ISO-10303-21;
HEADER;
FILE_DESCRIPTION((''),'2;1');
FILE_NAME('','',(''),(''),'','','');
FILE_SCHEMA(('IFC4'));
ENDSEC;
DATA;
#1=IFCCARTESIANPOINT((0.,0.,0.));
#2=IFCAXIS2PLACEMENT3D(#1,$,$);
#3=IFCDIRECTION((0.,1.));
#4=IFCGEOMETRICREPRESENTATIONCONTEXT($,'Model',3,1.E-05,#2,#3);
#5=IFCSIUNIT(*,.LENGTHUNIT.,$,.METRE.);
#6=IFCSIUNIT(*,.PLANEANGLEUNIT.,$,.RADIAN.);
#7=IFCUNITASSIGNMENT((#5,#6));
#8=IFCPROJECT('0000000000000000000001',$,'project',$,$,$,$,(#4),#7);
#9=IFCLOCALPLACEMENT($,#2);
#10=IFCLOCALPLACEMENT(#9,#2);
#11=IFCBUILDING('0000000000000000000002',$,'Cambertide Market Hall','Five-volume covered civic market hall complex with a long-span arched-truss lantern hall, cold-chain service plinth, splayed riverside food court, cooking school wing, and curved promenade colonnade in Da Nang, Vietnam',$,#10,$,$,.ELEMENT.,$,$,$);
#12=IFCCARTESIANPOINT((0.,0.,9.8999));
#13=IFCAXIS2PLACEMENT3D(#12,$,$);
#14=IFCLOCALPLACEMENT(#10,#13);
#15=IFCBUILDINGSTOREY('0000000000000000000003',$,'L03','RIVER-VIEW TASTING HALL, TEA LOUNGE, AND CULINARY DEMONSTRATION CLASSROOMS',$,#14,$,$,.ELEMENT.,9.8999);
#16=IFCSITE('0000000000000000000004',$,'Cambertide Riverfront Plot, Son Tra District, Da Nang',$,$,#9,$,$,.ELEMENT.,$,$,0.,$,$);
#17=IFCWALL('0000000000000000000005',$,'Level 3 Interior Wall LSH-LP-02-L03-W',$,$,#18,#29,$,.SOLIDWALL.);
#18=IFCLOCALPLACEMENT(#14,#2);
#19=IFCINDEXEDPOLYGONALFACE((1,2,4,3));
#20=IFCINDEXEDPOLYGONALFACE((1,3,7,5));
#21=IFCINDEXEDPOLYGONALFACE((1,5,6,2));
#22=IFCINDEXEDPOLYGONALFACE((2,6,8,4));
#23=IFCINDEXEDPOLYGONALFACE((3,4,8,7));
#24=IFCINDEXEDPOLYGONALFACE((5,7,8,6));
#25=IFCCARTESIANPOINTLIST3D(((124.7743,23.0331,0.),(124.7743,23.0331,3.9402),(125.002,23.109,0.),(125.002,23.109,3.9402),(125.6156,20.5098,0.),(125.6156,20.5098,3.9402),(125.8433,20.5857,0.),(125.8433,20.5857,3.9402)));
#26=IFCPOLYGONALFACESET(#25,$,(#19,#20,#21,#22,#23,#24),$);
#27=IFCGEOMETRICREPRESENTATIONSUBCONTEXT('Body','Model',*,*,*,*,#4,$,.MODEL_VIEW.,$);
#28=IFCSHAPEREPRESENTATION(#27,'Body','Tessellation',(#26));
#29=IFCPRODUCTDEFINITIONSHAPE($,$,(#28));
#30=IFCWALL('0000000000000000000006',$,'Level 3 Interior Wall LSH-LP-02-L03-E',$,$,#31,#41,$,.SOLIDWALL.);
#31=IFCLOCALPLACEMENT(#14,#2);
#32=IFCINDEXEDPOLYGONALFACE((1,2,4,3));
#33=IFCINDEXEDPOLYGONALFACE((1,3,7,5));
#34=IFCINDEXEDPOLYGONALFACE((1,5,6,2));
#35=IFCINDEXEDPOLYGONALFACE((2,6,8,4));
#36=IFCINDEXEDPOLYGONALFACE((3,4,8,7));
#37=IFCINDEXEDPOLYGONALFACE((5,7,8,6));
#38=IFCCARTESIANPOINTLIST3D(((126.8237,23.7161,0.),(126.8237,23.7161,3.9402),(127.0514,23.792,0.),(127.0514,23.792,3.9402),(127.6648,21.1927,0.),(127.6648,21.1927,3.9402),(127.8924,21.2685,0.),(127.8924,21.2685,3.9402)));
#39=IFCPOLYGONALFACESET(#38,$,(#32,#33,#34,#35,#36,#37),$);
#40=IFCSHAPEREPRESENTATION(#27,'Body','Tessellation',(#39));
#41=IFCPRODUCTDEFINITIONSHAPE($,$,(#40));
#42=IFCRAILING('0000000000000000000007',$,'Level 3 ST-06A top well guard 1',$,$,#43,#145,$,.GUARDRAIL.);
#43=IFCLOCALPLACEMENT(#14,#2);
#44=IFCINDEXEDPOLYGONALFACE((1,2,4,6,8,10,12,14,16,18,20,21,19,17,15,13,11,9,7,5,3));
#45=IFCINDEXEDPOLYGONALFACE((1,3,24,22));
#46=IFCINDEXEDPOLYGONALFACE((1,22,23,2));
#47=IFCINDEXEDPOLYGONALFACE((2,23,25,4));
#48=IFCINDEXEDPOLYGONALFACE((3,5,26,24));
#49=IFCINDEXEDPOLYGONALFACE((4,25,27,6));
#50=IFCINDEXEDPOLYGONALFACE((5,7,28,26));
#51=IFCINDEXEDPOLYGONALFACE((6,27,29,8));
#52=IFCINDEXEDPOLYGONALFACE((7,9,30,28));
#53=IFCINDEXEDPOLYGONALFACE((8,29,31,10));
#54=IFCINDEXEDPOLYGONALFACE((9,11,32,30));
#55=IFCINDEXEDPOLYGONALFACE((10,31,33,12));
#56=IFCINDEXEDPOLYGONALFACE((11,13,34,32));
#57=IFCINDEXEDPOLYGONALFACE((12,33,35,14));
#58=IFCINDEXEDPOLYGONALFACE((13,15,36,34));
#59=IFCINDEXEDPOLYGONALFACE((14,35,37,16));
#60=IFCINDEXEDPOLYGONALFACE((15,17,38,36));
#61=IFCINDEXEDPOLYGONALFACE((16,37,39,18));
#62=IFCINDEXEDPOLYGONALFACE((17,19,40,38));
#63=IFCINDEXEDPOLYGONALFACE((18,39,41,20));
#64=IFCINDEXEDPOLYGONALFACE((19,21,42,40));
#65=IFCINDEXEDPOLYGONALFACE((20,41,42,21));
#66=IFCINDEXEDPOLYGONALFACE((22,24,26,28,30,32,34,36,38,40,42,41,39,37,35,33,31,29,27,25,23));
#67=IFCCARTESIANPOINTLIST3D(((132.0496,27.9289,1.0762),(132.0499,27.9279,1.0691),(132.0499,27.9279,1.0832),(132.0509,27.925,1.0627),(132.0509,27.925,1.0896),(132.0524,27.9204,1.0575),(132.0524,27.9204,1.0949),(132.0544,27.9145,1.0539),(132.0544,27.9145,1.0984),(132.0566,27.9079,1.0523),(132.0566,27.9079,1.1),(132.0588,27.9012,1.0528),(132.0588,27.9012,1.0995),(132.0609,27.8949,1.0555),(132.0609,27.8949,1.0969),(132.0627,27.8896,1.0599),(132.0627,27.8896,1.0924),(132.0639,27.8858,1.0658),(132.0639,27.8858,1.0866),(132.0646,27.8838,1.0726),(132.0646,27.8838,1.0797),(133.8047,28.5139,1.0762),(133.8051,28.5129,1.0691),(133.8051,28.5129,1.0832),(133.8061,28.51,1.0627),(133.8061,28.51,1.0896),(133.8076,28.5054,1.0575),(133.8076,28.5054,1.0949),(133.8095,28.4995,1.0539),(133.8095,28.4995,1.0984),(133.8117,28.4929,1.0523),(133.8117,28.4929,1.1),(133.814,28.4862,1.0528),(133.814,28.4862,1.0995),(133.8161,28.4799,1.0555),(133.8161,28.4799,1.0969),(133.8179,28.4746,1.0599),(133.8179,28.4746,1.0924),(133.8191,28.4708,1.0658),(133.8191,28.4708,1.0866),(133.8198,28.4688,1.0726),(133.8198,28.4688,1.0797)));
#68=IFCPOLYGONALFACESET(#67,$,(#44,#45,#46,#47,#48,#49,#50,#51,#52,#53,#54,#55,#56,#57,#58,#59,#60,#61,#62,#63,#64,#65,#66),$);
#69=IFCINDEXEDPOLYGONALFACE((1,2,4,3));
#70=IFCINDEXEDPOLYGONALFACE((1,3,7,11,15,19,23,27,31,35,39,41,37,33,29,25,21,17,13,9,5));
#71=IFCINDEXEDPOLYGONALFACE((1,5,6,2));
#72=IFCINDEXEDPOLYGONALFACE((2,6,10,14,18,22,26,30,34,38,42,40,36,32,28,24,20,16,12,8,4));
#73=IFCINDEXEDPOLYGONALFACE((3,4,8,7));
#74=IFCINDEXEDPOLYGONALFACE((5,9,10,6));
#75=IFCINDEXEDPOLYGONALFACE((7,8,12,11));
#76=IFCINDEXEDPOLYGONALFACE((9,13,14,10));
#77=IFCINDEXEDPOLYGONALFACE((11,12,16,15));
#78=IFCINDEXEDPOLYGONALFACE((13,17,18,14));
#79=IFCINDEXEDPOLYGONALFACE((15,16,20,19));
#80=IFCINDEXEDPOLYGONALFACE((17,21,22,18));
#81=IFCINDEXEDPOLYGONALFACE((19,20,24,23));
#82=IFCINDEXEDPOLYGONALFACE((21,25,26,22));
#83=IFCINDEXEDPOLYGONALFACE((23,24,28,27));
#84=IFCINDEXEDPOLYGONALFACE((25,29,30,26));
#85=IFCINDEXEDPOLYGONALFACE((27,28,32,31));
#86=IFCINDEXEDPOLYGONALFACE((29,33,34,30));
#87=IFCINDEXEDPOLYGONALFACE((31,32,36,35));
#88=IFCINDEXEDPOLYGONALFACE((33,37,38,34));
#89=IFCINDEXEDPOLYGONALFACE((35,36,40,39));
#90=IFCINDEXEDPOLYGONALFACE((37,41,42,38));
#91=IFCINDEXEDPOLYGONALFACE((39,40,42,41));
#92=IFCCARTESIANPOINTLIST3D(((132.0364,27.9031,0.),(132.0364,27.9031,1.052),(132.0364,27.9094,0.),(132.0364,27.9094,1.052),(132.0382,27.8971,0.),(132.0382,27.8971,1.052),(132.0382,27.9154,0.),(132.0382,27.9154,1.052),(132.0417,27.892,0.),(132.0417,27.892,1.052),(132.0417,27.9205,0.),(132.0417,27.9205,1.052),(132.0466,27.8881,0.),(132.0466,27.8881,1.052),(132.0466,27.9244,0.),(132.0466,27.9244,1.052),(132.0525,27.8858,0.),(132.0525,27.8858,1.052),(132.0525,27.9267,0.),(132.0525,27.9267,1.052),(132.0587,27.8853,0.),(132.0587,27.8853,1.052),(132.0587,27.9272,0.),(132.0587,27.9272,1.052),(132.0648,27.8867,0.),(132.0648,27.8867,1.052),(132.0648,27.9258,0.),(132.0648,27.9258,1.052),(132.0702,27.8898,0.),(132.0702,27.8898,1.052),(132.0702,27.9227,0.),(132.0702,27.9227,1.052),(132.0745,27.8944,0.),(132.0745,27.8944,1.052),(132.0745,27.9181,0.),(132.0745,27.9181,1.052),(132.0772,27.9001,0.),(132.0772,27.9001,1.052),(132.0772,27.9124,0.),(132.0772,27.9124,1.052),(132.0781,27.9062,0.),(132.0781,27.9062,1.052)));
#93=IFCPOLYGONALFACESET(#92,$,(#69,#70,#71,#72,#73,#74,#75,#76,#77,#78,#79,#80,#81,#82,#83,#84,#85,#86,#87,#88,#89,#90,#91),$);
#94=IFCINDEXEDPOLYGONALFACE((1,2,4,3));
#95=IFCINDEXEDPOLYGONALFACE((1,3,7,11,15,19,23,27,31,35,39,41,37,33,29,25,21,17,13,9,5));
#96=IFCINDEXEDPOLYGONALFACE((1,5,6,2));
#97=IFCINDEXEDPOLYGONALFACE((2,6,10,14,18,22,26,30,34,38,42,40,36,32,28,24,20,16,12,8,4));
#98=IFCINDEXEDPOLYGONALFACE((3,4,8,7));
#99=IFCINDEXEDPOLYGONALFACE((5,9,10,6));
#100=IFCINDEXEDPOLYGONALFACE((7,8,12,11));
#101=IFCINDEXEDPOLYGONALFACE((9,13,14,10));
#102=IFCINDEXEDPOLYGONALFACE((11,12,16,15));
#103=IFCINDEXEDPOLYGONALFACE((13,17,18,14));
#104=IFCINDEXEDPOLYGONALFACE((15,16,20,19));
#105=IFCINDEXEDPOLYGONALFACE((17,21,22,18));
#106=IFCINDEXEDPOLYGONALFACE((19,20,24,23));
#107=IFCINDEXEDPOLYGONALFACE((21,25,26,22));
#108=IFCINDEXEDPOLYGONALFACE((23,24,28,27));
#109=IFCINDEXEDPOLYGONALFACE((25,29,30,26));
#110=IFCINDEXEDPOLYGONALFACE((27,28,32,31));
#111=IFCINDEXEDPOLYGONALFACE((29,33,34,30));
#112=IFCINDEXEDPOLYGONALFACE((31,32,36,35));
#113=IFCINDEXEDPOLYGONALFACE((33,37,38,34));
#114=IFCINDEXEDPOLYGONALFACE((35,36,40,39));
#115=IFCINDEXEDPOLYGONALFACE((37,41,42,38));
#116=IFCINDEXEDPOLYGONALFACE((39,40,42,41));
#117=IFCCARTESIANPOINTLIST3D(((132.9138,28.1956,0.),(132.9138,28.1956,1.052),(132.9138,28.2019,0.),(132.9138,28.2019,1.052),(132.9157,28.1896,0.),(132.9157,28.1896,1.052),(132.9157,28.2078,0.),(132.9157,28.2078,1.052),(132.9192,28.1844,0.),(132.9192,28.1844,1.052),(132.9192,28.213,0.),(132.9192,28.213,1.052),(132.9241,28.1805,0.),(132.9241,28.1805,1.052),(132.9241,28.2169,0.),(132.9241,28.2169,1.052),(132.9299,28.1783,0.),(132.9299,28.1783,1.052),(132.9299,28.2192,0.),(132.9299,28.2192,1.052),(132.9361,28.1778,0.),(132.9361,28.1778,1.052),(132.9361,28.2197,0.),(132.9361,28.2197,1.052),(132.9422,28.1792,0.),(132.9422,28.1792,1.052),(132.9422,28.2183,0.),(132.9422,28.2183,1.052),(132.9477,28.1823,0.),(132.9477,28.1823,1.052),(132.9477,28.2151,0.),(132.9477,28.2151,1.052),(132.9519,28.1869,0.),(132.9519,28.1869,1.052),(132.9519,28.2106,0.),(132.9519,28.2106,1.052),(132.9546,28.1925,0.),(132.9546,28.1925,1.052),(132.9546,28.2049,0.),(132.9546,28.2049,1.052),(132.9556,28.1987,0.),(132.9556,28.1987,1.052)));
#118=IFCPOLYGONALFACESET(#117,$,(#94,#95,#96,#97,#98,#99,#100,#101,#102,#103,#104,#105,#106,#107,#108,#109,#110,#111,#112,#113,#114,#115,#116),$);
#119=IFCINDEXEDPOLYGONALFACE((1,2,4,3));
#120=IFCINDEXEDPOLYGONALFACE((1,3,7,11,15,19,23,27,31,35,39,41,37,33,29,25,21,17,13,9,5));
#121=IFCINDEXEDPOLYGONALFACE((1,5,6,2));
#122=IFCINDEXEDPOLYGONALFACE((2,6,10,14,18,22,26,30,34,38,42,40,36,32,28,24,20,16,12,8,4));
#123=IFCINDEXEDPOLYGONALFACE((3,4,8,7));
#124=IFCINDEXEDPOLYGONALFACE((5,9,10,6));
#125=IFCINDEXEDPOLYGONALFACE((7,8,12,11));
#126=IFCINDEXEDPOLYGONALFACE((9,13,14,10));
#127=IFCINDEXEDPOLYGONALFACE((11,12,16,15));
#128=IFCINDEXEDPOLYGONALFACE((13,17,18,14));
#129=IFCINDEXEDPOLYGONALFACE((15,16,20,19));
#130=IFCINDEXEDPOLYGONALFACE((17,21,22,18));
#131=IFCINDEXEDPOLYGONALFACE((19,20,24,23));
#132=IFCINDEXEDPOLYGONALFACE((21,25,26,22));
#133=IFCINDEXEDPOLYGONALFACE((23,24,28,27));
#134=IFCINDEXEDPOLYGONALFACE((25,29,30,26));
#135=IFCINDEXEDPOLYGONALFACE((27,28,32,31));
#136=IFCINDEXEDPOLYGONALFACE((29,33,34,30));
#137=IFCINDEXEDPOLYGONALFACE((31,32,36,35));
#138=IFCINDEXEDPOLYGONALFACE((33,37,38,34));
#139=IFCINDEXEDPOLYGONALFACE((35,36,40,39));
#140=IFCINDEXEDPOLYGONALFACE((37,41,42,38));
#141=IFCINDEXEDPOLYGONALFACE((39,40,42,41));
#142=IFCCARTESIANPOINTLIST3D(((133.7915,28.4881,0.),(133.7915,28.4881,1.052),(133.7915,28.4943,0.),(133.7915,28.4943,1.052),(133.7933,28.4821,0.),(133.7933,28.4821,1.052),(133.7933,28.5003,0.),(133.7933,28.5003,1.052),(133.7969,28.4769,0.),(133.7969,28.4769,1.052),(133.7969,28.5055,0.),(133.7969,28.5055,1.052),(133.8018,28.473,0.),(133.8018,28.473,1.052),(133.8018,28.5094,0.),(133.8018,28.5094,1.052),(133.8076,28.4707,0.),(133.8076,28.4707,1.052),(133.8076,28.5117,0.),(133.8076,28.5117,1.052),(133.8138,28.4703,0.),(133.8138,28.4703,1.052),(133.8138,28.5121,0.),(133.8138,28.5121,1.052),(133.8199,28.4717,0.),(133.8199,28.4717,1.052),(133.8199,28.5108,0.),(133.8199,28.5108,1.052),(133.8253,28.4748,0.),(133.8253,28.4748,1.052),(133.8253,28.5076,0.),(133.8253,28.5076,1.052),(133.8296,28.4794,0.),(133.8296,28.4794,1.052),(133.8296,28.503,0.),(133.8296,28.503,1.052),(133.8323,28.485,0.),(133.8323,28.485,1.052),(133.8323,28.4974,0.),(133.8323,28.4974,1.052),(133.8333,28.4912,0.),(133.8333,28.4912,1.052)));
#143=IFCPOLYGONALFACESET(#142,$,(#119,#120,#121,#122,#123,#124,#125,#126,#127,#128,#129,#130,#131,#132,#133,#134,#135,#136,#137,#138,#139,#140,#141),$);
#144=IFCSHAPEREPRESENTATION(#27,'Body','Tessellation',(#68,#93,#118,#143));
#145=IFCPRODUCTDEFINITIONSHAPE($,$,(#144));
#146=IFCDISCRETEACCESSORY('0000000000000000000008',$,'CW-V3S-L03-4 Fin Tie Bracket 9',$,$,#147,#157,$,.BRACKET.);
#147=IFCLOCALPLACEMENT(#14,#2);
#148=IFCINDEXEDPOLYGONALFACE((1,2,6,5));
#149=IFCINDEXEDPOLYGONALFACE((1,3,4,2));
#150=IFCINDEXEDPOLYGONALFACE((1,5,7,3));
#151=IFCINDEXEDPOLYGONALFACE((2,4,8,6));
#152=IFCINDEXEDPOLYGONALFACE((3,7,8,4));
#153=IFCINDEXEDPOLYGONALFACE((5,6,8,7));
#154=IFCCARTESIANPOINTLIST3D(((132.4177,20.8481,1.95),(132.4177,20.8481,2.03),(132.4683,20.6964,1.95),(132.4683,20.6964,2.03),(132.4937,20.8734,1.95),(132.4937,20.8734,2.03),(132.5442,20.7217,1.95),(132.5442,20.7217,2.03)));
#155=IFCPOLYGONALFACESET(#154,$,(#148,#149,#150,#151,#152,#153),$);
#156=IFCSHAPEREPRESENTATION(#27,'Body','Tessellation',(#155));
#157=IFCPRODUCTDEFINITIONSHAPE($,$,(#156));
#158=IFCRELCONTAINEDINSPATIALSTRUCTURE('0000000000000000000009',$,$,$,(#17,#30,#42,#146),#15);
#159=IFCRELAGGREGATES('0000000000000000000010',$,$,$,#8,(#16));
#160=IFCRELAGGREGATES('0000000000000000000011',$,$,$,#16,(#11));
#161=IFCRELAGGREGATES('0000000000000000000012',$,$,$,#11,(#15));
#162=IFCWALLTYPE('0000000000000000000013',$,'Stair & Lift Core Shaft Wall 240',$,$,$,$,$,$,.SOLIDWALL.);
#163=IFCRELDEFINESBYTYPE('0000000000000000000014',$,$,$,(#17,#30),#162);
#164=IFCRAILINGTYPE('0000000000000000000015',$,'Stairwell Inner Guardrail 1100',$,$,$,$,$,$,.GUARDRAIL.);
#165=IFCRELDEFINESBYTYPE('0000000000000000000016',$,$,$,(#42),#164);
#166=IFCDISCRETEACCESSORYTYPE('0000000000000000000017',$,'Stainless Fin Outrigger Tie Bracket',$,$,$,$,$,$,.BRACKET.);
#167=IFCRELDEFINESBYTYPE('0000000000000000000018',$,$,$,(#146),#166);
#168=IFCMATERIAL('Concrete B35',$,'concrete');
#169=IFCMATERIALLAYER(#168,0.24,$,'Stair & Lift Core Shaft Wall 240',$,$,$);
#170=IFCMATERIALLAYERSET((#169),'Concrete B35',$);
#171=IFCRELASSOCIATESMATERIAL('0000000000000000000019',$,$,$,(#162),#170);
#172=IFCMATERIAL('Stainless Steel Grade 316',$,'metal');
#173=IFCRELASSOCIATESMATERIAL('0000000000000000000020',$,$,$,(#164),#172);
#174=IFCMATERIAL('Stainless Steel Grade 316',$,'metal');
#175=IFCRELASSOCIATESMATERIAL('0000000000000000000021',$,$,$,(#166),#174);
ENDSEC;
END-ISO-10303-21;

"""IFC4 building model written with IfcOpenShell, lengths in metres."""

from ifc_helpers import new_model, si_unit, direction, frame, frame_2d, origin, origin_2d, place, context, subcontext, project, spatial, rectangle, circle, extrude, material, layer, layer_set, type_object, element, save


model = new_model("IFC4")

# Units and contexts
model_context = context("Model", 3, precision=1e-05, world=origin(), true_north=direction((0.0, 1.0)))
body_context = subcontext(model_context, "Body", "Model", "MODEL_VIEW")
ifc_project = project(units=[si_unit("LENGTHUNIT", "METRE"), si_unit("PLANEANGLEUNIT", "RADIAN")], contexts=[model_context])

# Site, building, storey
site_placement = place(None, origin())
site = spatial("IfcSite", under=ifc_project, at=site_placement, Name="Cambertide Riverfront Plot, Son Tra District, Da Nang", CompositionType="ELEMENT", RefElevation=0.0)
building_placement = place(site_placement, origin())
building = spatial("IfcBuilding", under=site, at=building_placement, Name="Cambertide Market Hall", Description="Five-volume covered civic market hall complex with a long-span arched-truss lantern hall, cold-chain service plinth, splayed riverside food court, cooking school wing, and curved promenade colonnade in Da Nang, Vietnam", CompositionType="ELEMENT")
storey_placement = place(building_placement, frame((0.0, 0.0, 9.8999)))
storey = spatial("IfcBuildingStorey", under=building, at=storey_placement, Name="L03", Description="RIVER-VIEW TASTING HALL, TEA LOUNGE, AND CULINARY DEMONSTRATION CLASSROOMS", CompositionType="ELEMENT", Elevation=9.8999)

# Shared definitions
ifc_material_1 = material(Name="Concrete B35", Category="concrete")
ifc_layer_1 = layer(ifc_material_1, 0.24, Name="Stair & Lift Core Shaft Wall 240")
ifc_layer_set_1 = layer_set([ifc_layer_1], Name="Concrete B35")
wall_type_1 = type_object("IfcWallType", Name="Stair & Lift Core Shaft Wall 240", PredefinedType="SOLIDWALL", material=ifc_layer_set_1)

# Walls
for number, where, z_axis, x_axis, name in (
    (1, (125.7295, 20.5476, 0.0), (0.0, 0.0, 1.0), (-0.316283, 0.948665, 0.0), "Level 3 Interior Wall LSH-LP-02-L03-W"),
    (2, (126.9375, 23.7542, 0.0), (0.0, 0.0, 1.0), (0.3162, -0.948692, 0.0), "Level 3 Interior Wall LSH-LP-02-L03-E"),
):
    element("IfcWall", number, at=place(storey_placement, frame(where, z_axis=z_axis, x_axis=x_axis)), inside=storey, type_object=wall_type_1, Name=name, PredefinedType="SOLIDWALL", context=body_context, shape_type="SweptSolid", body=[
        extrude(rectangle(XDim=2.6599, YDim=0.24, at=frame_2d((1.3301, 0.0))), origin(), (0.0, 0.0, 1.0), 3.9402),
    ])

# Railing
ifc_material_2 = material(Name="Stainless Steel Grade 316", Category="metal")
railing_type = type_object("IfcRailingType", Name="Stairwell Inner Guardrail 1100", PredefinedType="GUARDRAIL", material=ifc_material_2)
railing_placement = place(storey_placement, frame((132.0571, 27.9062, 0.0)))
element("IfcRailing", 3, at=railing_placement, inside=storey, type_object=railing_type, Name="Level 3 ST-06A top well guard 1", PredefinedType="GUARDRAIL", context=body_context, shape_type="SweptSolid", body=[
    extrude(circle(Radius=0.0239, at=origin_2d()), frame((0.0, 0.0, 1.0762), z_axis=(0.948696, 0.316188, 0.0), x_axis=(-0.316188, 0.948696, 0.0)), (0.0, 0.0, 1.0), 1.8501),
    extrude(circle(Radius=0.021, at=origin_2d()), origin(), (0.0, 0.0, 1.0), 1.052),
    extrude(circle(Radius=0.021, at=origin_2d()), frame((0.8774, 0.2925, 0.0)), (0.0, 0.0, 1.0), 1.052),
    extrude(circle(Radius=0.021, at=origin_2d()), frame((1.7551, 0.585, 0.0)), (0.0, 0.0, 1.0), 1.052),
])

# Discrete accessory
ifc_material_3 = material(Name="Stainless Steel Grade 316", Category="metal")
discrete_accessory_type = type_object("IfcDiscreteAccessoryType", Name="Stainless Fin Outrigger Tie Bracket", PredefinedType="BRACKET", material=ifc_material_3)
discrete_accessory_placement = place(storey_placement, frame((132.481, 20.7849, 1.95), z_axis=(0.0, 0.0, 1.0), x_axis=(-0.948683, -0.316228, 0.0)))
element("IfcDiscreteAccessory", 4, at=discrete_accessory_placement, inside=storey, type_object=discrete_accessory_type, Name="CW-V3S-L03-4 Fin Tie Bracket 9", PredefinedType="BRACKET", context=body_context, shape_type="SweptSolid", body=[
    extrude(rectangle(XDim=0.0801, YDim=0.1599, at=origin_2d()), origin(), (0.0, 0.0, 1.0), 0.0801),
])

save(model, "model.ifc")
